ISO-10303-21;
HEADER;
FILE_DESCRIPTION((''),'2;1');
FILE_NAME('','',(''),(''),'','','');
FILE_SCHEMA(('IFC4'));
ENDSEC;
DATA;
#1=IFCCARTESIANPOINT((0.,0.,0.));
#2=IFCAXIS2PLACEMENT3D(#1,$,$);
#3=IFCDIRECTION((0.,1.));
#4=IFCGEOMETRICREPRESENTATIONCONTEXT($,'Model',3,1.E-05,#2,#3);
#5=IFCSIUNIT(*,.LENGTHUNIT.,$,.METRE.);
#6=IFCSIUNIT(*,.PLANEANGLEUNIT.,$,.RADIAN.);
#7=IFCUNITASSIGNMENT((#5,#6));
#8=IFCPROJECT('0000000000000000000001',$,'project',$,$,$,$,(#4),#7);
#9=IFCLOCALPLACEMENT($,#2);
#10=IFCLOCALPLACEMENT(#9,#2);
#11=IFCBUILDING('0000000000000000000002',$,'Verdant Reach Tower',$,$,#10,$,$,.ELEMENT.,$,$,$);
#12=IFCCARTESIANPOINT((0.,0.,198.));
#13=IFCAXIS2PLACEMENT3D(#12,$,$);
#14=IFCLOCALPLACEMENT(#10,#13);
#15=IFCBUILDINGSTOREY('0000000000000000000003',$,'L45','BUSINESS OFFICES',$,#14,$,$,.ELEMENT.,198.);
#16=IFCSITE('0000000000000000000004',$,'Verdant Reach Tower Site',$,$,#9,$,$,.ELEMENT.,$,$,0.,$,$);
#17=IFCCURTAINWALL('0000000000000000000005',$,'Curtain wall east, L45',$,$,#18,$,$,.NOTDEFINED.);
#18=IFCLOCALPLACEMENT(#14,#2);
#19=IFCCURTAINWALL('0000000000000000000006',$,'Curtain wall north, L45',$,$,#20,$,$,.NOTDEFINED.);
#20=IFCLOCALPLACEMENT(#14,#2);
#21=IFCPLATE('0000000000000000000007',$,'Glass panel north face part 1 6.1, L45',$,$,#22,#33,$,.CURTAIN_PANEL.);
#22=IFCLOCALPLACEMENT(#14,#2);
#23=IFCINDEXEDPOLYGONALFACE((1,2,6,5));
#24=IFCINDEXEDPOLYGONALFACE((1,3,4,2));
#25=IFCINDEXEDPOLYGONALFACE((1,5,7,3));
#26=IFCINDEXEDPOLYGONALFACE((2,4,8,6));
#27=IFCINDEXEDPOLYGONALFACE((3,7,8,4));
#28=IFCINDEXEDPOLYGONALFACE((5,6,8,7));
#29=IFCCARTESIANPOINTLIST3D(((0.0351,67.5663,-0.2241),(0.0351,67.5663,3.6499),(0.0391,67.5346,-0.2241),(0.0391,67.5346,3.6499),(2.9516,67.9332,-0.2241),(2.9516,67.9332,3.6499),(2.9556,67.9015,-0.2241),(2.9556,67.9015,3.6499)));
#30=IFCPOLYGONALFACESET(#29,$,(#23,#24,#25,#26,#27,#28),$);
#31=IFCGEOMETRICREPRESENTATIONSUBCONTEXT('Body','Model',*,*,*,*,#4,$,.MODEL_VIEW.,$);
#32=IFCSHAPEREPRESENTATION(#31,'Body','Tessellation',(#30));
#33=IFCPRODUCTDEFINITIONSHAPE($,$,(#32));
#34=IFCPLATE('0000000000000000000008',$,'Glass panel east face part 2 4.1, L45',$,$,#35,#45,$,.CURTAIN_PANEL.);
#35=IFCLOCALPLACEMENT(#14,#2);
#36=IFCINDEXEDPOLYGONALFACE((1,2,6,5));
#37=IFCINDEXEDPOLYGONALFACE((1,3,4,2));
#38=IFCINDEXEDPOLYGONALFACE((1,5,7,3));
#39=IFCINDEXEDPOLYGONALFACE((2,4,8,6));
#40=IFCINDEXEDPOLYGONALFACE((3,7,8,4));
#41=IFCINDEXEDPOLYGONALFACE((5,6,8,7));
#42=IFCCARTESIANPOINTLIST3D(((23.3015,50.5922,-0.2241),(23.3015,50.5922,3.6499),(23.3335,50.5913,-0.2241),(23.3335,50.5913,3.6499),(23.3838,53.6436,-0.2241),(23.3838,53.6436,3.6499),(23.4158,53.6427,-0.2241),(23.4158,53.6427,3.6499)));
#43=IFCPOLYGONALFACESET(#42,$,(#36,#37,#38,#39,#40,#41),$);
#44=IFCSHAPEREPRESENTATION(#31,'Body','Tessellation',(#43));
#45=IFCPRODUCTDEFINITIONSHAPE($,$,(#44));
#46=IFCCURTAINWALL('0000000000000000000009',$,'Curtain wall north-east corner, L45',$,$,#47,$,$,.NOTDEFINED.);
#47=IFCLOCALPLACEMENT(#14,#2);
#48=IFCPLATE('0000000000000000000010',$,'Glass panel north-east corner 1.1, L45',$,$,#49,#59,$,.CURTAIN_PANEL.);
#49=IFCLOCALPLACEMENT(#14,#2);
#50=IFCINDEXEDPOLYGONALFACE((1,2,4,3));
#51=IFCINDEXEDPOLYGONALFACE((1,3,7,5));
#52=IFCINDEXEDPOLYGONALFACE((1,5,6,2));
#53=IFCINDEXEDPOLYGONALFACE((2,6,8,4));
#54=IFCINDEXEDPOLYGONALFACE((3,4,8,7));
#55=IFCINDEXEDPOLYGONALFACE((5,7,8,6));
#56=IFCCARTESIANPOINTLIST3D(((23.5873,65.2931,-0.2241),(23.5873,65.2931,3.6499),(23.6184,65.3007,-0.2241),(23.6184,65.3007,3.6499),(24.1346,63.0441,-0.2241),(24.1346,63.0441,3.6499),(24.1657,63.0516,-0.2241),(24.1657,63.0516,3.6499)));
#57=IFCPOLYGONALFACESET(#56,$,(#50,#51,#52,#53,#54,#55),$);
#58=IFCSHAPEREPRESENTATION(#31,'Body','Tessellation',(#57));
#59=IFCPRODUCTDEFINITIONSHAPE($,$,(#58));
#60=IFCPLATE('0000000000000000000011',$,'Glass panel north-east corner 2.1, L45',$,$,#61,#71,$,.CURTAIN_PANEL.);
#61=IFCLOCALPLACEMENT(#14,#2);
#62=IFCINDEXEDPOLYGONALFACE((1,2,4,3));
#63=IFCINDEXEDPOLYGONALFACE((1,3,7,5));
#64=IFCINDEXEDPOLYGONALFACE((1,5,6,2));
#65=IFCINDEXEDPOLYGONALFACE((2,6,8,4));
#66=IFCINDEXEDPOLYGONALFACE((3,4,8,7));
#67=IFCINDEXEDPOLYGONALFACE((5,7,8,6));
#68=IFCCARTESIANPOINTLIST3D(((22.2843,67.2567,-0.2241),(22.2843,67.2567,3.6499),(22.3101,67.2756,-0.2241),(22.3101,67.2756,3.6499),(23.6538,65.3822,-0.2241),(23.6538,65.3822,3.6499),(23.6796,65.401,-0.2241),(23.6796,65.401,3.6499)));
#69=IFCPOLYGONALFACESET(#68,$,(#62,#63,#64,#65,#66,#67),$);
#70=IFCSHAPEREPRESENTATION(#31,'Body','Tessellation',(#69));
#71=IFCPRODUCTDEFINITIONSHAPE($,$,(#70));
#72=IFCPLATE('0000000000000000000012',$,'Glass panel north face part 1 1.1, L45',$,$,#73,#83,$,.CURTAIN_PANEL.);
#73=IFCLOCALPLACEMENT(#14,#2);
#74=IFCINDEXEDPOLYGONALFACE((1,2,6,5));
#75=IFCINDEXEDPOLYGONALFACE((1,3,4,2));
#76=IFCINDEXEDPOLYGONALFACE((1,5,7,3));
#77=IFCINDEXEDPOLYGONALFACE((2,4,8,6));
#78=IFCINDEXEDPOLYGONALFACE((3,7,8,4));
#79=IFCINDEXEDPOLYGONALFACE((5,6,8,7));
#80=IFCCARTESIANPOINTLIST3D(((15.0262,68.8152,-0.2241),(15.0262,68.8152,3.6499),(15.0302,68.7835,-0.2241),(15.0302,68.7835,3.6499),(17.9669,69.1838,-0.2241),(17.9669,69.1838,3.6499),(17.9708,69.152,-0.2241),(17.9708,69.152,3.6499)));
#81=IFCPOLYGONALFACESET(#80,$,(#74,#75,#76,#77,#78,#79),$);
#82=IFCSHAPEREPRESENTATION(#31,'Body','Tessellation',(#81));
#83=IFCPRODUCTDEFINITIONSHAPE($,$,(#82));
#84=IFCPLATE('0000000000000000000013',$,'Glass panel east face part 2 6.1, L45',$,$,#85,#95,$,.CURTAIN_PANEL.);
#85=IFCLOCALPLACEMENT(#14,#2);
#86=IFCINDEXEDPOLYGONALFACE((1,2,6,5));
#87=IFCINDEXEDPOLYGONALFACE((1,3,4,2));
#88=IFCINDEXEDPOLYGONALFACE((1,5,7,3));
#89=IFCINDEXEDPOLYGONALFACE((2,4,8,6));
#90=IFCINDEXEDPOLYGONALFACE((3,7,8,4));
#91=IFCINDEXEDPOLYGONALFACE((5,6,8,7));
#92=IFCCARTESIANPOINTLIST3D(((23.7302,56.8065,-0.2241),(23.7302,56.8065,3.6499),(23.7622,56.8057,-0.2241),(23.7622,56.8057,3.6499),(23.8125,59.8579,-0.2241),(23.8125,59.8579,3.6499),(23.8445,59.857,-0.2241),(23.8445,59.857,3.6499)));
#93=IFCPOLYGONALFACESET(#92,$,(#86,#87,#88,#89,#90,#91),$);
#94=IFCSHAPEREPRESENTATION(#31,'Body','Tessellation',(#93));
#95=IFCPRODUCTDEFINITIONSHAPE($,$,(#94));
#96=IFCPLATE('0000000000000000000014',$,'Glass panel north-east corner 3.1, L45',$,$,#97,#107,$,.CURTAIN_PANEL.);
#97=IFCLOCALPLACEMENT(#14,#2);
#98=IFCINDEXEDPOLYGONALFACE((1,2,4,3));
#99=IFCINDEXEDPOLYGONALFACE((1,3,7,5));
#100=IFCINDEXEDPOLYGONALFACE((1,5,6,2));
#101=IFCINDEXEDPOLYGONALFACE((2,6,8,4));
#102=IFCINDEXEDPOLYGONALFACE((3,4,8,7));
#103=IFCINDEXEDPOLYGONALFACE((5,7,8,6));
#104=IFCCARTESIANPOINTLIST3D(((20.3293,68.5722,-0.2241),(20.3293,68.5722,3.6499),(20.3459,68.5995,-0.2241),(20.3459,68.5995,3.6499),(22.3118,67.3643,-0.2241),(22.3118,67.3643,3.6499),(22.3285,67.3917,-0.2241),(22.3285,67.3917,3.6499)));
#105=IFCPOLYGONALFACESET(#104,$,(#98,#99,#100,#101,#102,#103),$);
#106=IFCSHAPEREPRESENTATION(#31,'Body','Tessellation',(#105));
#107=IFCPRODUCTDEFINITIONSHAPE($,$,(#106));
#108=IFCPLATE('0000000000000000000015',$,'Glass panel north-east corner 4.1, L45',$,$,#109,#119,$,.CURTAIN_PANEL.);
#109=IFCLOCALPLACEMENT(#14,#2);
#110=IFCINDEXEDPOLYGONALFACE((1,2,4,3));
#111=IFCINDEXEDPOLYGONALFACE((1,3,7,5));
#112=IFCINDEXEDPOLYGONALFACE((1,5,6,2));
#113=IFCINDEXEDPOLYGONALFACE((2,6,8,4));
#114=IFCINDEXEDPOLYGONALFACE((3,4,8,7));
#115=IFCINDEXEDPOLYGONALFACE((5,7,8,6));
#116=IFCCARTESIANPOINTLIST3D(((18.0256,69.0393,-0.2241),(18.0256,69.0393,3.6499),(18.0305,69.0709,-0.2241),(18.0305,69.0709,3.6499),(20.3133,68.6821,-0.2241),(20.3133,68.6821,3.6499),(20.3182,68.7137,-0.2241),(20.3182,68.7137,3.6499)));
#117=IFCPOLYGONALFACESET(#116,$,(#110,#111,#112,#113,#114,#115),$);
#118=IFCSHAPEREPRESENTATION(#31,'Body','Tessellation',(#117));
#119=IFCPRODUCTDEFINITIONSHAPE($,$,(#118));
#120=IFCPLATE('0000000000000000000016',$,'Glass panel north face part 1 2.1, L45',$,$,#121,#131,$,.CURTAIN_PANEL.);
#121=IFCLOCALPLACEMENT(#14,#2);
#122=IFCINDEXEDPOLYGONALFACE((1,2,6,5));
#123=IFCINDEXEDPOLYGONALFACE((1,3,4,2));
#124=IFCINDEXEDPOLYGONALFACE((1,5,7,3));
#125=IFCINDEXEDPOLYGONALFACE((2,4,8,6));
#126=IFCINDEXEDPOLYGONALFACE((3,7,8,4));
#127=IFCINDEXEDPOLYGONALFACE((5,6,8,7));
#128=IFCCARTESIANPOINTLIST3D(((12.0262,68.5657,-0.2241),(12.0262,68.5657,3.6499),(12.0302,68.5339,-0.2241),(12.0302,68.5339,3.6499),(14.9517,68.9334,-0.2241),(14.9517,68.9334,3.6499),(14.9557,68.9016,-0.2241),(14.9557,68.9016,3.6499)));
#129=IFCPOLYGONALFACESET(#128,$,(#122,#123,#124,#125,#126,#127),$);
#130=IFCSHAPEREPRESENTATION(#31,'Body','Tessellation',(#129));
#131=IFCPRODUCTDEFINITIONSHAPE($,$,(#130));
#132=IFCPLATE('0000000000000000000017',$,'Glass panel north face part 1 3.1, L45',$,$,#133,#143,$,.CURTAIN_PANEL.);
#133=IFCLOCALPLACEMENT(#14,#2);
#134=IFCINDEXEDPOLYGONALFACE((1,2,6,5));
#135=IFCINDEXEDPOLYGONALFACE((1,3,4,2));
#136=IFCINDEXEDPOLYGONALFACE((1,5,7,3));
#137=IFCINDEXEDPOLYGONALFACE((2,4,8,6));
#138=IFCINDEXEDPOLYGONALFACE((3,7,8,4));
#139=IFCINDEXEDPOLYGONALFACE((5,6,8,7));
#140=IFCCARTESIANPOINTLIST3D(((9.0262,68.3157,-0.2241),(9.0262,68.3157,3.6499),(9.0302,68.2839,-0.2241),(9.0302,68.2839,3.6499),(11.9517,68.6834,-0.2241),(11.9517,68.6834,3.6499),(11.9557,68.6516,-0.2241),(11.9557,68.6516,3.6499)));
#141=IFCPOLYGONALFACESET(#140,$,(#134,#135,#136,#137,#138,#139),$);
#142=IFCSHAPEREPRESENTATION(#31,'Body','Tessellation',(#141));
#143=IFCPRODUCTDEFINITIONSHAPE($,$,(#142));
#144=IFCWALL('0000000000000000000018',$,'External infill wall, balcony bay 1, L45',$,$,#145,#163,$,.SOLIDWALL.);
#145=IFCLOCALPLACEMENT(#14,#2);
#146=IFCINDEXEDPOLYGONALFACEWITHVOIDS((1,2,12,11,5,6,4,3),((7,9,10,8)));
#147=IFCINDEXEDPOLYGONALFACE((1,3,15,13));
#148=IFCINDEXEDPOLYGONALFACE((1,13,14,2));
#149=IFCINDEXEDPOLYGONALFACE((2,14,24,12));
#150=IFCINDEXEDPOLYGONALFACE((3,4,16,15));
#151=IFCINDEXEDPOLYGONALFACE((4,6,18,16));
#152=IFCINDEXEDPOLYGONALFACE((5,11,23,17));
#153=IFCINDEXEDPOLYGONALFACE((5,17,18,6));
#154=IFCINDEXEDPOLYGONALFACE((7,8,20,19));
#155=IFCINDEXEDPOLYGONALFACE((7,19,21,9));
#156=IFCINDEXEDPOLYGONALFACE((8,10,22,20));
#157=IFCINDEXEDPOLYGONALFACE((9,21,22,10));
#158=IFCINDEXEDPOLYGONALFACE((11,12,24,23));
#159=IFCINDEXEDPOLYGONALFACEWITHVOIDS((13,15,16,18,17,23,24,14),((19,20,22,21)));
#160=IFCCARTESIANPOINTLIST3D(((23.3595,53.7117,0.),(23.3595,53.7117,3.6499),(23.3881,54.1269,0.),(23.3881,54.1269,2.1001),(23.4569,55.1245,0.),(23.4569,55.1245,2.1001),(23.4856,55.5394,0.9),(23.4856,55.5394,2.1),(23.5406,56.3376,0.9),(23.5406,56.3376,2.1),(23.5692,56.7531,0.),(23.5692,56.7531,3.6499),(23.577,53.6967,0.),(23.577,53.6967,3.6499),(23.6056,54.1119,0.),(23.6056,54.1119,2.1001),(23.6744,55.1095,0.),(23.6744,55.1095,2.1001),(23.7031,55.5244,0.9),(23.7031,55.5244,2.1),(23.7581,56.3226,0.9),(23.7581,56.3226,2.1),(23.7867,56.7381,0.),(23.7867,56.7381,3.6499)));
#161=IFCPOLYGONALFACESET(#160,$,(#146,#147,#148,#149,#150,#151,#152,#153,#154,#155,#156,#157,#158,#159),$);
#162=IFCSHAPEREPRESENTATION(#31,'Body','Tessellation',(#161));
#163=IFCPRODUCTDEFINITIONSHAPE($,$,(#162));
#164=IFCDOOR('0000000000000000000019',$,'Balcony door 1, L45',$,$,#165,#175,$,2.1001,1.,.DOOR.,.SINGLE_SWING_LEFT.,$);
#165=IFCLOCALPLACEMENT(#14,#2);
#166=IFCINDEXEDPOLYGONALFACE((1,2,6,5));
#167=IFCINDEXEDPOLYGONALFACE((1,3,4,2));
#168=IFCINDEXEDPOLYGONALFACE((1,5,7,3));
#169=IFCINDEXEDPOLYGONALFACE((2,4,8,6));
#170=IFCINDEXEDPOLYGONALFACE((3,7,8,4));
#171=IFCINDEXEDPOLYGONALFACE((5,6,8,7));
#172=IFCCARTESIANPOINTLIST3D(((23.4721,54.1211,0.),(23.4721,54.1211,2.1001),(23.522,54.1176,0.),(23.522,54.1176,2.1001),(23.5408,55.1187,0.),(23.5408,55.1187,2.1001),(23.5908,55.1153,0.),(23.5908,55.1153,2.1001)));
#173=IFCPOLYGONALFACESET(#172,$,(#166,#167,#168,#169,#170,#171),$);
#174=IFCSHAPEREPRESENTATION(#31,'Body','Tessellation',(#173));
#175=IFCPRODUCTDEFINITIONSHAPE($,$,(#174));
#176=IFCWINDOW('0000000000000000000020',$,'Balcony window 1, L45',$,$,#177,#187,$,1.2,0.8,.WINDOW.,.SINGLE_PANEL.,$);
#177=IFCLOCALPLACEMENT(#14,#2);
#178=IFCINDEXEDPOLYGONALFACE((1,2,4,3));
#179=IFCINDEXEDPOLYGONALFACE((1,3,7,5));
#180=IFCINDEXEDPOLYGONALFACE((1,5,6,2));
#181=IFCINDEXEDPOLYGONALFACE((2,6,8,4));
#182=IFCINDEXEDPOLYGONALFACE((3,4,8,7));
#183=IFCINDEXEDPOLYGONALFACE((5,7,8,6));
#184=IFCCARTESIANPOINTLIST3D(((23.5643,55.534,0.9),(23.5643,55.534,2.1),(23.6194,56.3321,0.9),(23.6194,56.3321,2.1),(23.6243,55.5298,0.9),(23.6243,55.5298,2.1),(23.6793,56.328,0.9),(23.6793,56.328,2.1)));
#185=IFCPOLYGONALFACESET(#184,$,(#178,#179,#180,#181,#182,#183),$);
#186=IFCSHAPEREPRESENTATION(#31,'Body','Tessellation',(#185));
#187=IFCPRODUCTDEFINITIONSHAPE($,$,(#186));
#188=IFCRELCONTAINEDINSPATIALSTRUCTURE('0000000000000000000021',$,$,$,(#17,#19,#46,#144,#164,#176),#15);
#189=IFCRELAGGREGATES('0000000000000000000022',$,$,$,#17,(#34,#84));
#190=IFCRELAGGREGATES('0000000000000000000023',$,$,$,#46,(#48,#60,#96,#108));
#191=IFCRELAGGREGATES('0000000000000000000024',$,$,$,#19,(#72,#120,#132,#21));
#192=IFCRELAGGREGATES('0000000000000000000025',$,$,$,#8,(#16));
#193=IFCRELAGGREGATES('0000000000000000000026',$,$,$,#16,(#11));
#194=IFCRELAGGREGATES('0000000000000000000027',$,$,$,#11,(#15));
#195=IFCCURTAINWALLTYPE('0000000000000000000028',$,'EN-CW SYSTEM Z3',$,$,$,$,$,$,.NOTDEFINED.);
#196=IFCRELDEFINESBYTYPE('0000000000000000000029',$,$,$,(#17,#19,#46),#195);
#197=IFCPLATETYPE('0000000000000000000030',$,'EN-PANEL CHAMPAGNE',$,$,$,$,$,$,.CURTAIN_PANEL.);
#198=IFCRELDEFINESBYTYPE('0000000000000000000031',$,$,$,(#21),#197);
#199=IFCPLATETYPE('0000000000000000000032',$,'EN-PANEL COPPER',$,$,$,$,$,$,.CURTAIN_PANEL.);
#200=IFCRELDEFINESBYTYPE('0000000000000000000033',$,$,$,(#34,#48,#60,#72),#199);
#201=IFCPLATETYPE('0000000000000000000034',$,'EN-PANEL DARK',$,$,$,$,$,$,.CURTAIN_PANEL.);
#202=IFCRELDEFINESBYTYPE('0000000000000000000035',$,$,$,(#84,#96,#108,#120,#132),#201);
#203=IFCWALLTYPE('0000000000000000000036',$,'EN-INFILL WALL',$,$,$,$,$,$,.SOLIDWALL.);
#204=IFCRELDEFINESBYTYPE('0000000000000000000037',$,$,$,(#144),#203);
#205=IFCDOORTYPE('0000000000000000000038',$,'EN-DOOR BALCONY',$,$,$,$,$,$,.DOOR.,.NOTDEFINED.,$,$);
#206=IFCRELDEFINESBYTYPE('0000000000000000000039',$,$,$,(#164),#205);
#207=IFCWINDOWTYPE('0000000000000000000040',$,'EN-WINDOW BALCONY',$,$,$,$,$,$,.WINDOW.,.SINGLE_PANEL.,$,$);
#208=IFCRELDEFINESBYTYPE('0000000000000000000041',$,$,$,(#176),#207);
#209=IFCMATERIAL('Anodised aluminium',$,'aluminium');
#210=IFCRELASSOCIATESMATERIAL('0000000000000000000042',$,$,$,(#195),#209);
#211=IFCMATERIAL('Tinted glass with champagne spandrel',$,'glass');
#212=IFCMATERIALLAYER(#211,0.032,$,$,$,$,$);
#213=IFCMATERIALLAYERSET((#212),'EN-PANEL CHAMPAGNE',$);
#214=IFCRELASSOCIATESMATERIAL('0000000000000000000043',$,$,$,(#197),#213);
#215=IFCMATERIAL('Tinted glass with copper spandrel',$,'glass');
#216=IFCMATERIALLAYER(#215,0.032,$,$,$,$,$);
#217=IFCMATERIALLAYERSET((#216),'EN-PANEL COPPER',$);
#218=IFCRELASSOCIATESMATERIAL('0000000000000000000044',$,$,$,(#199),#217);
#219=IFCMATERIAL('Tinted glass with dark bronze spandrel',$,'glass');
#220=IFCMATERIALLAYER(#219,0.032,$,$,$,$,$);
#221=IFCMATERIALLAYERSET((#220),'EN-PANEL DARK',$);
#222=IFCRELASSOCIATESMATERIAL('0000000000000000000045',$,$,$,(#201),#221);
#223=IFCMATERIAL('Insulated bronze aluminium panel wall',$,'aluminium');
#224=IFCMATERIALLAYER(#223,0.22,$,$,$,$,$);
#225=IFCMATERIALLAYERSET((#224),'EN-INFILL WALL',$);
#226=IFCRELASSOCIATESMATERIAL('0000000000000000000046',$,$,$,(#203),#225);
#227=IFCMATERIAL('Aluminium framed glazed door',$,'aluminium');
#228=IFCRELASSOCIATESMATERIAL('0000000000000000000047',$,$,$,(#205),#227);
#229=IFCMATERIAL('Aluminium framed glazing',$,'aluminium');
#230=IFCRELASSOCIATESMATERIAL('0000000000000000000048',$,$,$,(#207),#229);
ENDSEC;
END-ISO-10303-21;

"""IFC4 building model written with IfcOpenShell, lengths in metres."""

from ifc_helpers import new_model, si_unit, direction, frame, frame_2d, origin, origin_2d, place, context, subcontext, project, spatial, rectangle, extrude, material, layer, layer_set, type_object, element, fill, aggregate, save


model = new_model("IFC4")

# Units and contexts
model_context = context("Model", 3, precision=1e-05, world=origin(), true_north=direction((0.0, 1.0)))
body_context = subcontext(model_context, "Body", "Model", "MODEL_VIEW")
ifc_project = project(units=[si_unit("LENGTHUNIT", "METRE"), si_unit("PLANEANGLEUNIT", "RADIAN")], contexts=[model_context])

# Site, building, storey
site_placement = place(None, origin())
site = spatial("IfcSite", under=ifc_project, at=site_placement, Name="Verdant Reach Tower Site", CompositionType="ELEMENT", RefElevation=0.0)
building_placement = place(site_placement, origin())
building = spatial("IfcBuilding", under=site, at=building_placement, Name="Verdant Reach Tower", CompositionType="ELEMENT")
storey_placement = place(building_placement, frame((0.0, 0.0, 198.0)))
storey = spatial("IfcBuildingStorey", under=building, at=storey_placement, Name="L45", Description="BUSINESS OFFICES", CompositionType="ELEMENT", Elevation=198.0)

# Curtain walls
ifc_material_1 = material(Name="Anodised aluminium", Category="aluminium")
curtain_wall_type = type_object("IfcCurtainWallType", Name="EN-CW SYSTEM Z3", PredefinedType="NOTDEFINED", material=ifc_material_1)
curtain_wall_1_placement = place(storey_placement, origin())
curtain_wall_1 = element("IfcCurtainWall", 1, at=curtain_wall_1_placement, inside=storey, type_object=curtain_wall_type, Name="Curtain wall east, L45", PredefinedType="NOTDEFINED")
curtain_wall_2_placement = place(storey_placement, origin())
curtain_wall_2 = element("IfcCurtainWall", 2, at=curtain_wall_2_placement, inside=storey, type_object=curtain_wall_type, Name="Curtain wall north, L45", PredefinedType="NOTDEFINED")

# Plates
ifc_material_2 = material(Name="Tinted glass with champagne spandrel", Category="glass")
ifc_layer_1 = layer(ifc_material_2, 0.032)
ifc_layer_set_1 = layer_set([ifc_layer_1], Name="EN-PANEL CHAMPAGNE")
plate_type_1 = type_object("IfcPlateType", Name="EN-PANEL CHAMPAGNE", PredefinedType="CURTAIN_PANEL", material=ifc_layer_set_1)
plate_1_placement = place(storey_placement, frame((1.4954, 67.7339, -0.2241), z_axis=(0.0, 0.0, 1.0), x_axis=(-0.992178, -0.124828, 0.0)))
plate_1 = element("IfcPlate", 3, at=plate_1_placement, type_object=plate_type_1, Name="Glass panel north face part 1 6.1, L45", PredefinedType="CURTAIN_PANEL", context=body_context, shape_type="SweptSolid", body=[
    extrude(rectangle(XDim=2.9395, YDim=0.032, at=origin_2d()), origin(), (0.0, 0.0, 1.0), 3.874),
])
ifc_material_3 = material(Name="Tinted glass with copper spandrel", Category="glass")
ifc_layer_2 = layer(ifc_material_3, 0.032)
ifc_layer_set_2 = layer_set([ifc_layer_2], Name="EN-PANEL COPPER")
plate_type_2 = type_object("IfcPlateType", Name="EN-PANEL COPPER", PredefinedType="CURTAIN_PANEL", material=ifc_layer_set_2)
plate_2_placement = place(storey_placement, frame((23.3586, 52.1174, -0.2241), z_axis=(0.0, 0.0, 1.0), x_axis=(0.026965, 0.999636, 0.0)))
plate_2 = element("IfcPlate", 4, at=plate_2_placement, type_object=plate_type_2, Name="Glass panel east face part 2 4.1, L45", PredefinedType="CURTAIN_PANEL", context=body_context, shape_type="SweptSolid", body=[
    extrude(rectangle(XDim=3.0525, YDim=0.032, at=origin_2d()), origin(), (0.0, 0.0, 1.0), 3.874),
])

# Curtain wall, plates
curtain_wall_3_placement = place(storey_placement, origin())
curtain_wall_3 = element("IfcCurtainWall", 5, at=curtain_wall_3_placement, inside=storey, type_object=curtain_wall_type, Name="Curtain wall north-east corner, L45", PredefinedType="NOTDEFINED")
plate_3_placement = place(storey_placement, frame((23.8765, 64.1724, -0.2241), z_axis=(0.0, 0.0, 1.0), x_axis=(-0.236446, 0.971645, 0.0)))
plate_3 = element("IfcPlate", 6, at=plate_3_placement, type_object=plate_type_2, Name="Glass panel north-east corner 1.1, L45", PredefinedType="CURTAIN_PANEL", context=body_context, shape_type="SweptSolid", body=[
    extrude(rectangle(XDim=2.3147, YDim=0.032, at=origin_2d()), origin(), (0.0, 0.0, 1.0), 3.874),
])
plate_4_placement = place(storey_placement, frame((22.9819, 66.3289, -0.2241), z_axis=(0.0, 0.0, 1.0), x_axis=(-0.589927, 0.807457, 0.0)))
plate_4 = element("IfcPlate", 7, at=plate_4_placement, type_object=plate_type_2, Name="Glass panel north-east corner 2.1, L45", PredefinedType="CURTAIN_PANEL", context=body_context, shape_type="SweptSolid", body=[
    extrude(rectangle(XDim=2.3215, YDim=0.032, at=origin_2d()), origin(), (0.0, 0.0, 1.0), 3.874),
])

# Plates
plate_5_placement = place(storey_placement, frame((16.4985, 68.9836, -0.2241), z_axis=(0.0, 0.0, 1.0), x_axis=(-0.992238, -0.124355, 0.0)))
plate_5 = element("IfcPlate", 8, at=plate_5_placement, type_object=plate_type_2, Name="Glass panel north face part 1 1.1, L45", PredefinedType="CURTAIN_PANEL", context=body_context, shape_type="SweptSolid", body=[
    extrude(rectangle(XDim=2.9636, YDim=0.032, at=origin_2d()), origin(), (0.0, 0.0, 1.0), 3.874),
])
ifc_material_4 = material(Name="Tinted glass with dark bronze spandrel", Category="glass")
ifc_layer_3 = layer(ifc_material_4, 0.032)
ifc_layer_set_3 = layer_set([ifc_layer_3], Name="EN-PANEL DARK")
plate_type_3 = type_object("IfcPlateType", Name="EN-PANEL DARK", PredefinedType="CURTAIN_PANEL", material=ifc_layer_set_3)
plate_6_placement = place(storey_placement, frame((23.7874, 58.3318, -0.2241), z_axis=(0.0, 0.0, 1.0), x_axis=(0.026965, 0.999636, 0.0)))
plate_6 = element("IfcPlate", 9, at=plate_6_placement, type_object=plate_type_3, Name="Glass panel east face part 2 6.1, L45", PredefinedType="CURTAIN_PANEL", context=body_context, shape_type="SweptSolid", body=[
    extrude(rectangle(XDim=3.0525, YDim=0.032, at=origin_2d()), origin(), (0.0, 0.0, 1.0), 3.874),
])
aggregate(curtain_wall_1, [plate_2, plate_6])
plate_7_placement = place(storey_placement, frame((21.3289, 67.9819, -0.2241), z_axis=(0.0, 0.0, 1.0), x_axis=(-0.853989, 0.520292, 0.0)))
plate_7 = element("IfcPlate", 10, at=plate_7_placement, type_object=plate_type_3, Name="Glass panel north-east corner 3.1, L45", PredefinedType="CURTAIN_PANEL", context=body_context, shape_type="SweptSolid", body=[
    extrude(rectangle(XDim=2.3215, YDim=0.032, at=origin_2d()), origin(), (0.0, 0.0, 1.0), 3.874),
])
plate_8_placement = place(storey_placement, frame((19.1719, 68.8765, -0.2241), z_axis=(0.0, 0.0, 1.0), x_axis=(-0.988029, 0.154268, 0.0)))
plate_8 = element("IfcPlate", 11, at=plate_8_placement, type_object=plate_type_3, Name="Glass panel north-east corner 4.1, L45", PredefinedType="CURTAIN_PANEL", context=body_context, shape_type="SweptSolid", body=[
    extrude(rectangle(XDim=2.3154, YDim=0.032, at=origin_2d()), origin(), (0.0, 0.0, 1.0), 3.874),
])
aggregate(curtain_wall_3, [plate_3, plate_4, plate_7, plate_8])
plate_9_placement = place(storey_placement, frame((13.491, 68.7336, -0.2241), z_axis=(0.0, 0.0, 1.0), x_axis=(-0.992194, -0.124704, 0.0)))
plate_9 = element("IfcPlate", 12, at=plate_9_placement, type_object=plate_type_3, Name="Glass panel north face part 1 2.1, L45", PredefinedType="CURTAIN_PANEL", context=body_context, shape_type="SweptSolid", body=[
    extrude(rectangle(XDim=2.9485, YDim=0.032, at=origin_2d()), origin(), (0.0, 0.0, 1.0), 3.874),
])
plate_10_placement = place(storey_placement, frame((10.491, 68.4836, -0.2241), z_axis=(0.0, 0.0, 1.0), x_axis=(-0.992194, -0.124704, 0.0)))
plate_10 = element("IfcPlate", 13, at=plate_10_placement, type_object=plate_type_3, Name="Glass panel north face part 1 3.1, L45", PredefinedType="CURTAIN_PANEL", context=body_context, shape_type="SweptSolid", body=[
    extrude(rectangle(XDim=2.9485, YDim=0.032, at=origin_2d()), origin(), (0.0, 0.0, 1.0), 3.874),
])
aggregate(curtain_wall_2, [plate_5, plate_9, plate_10, plate_1])

# Wall, openings, door, window
ifc_material_5 = material(Name="Insulated bronze aluminium panel wall", Category="aluminium")
ifc_layer_4 = layer(ifc_material_5, 0.22)
ifc_layer_set_4 = layer_set([ifc_layer_4], Name="EN-INFILL WALL")
wall_type_1 = type_object("IfcWallType", Name="EN-INFILL WALL", PredefinedType="SOLIDWALL", material=ifc_layer_set_4)
wall_1_placement = place(storey_placement, frame((23.4683, 53.7041, 0.0), z_axis=(0.0, 0.0, 1.0), x_axis=(0.068794, 0.997631, 0.0)))
wall_1 = element("IfcWall", 14, at=wall_1_placement, inside=storey, type_object=wall_type_1, Name="External infill wall, balcony bay 1, L45", PredefinedType="SOLIDWALL", context=body_context, shape_type="SweptSolid", body=[
    extrude(rectangle(XDim=3.0486, YDim=0.218, at=frame_2d((1.5244, 0.0))), origin(), (0.0, 0.0, 1.0), 3.6499),
])
opening_1_placement = place(wall_1_placement, frame((0.4163, 0.0, 0.0)))
opening_1 = element("IfcOpeningElement", 15, at=opening_1_placement, cuts=wall_1, PredefinedType="OPENING", context=body_context, shape_type="SweptSolid", body=[
    extrude(rectangle(XDim=1.0, YDim=2.1001, at=frame_2d((0.5, 1.05))), frame((0.0, 0.1189, 0.0), z_axis=(0.0, -1.0, 0.0), x_axis=(1.0, 0.0, 0.0)), (0.0, 0.0, 1.0), 0.238),
])
opening_2_placement = place(wall_1_placement, frame((1.8323, 0.0, 0.8999)))
opening_2 = element("IfcOpeningElement", 16, at=opening_2_placement, cuts=wall_1, PredefinedType="OPENING", context=body_context, shape_type="SweptSolid", body=[
    extrude(rectangle(XDim=0.8, YDim=1.2, at=frame_2d((0.3999, 0.6001))), frame((0.0, 0.1189, 0.0), z_axis=(0.0, -1.0, 0.0), x_axis=(1.0, 0.0, 0.0)), (0.0, 0.0, 1.0), 0.238),
])
ifc_material_6 = material(Name="Aluminium framed glazed door", Category="aluminium")
door_type_1 = type_object("IfcDoorType", Name="EN-DOOR BALCONY", OperationType="NOTDEFINED", PredefinedType="DOOR", material=ifc_material_6)
door_1_placement = place(opening_1_placement, origin())
door_1 = element("IfcDoor", 17, at=door_1_placement, inside=storey, type_object=door_type_1, Name="Balcony door 1, L45", OperationType="SINGLE_SWING_LEFT", OverallHeight=2.1001, OverallWidth=1.0, PredefinedType="DOOR", context=body_context, shape_type="SweptSolid", body=[
    extrude(rectangle(XDim=1.0, YDim=2.1001, at=frame_2d((0.5, 1.05))), frame((0.0, 0.0249, 0.0), z_axis=(0.0, -1.0, 0.0), x_axis=(1.0, 0.0, 0.0)), (0.0, 0.0, 1.0), 0.05),
])
fill(opening_1, door_1)
ifc_material_7 = material(Name="Aluminium framed glazing", Category="aluminium")
window_type = type_object("IfcWindowType", Name="EN-WINDOW BALCONY", PartitioningType="SINGLE_PANEL", PredefinedType="WINDOW", material=ifc_material_7)
window_placement = place(opening_2_placement, origin())
window = element("IfcWindow", 18, at=window_placement, inside=storey, type_object=window_type, Name="Balcony window 1, L45", OverallHeight=1.2, OverallWidth=0.8, PartitioningType="SINGLE_PANEL", PredefinedType="WINDOW", context=body_context, shape_type="SweptSolid", body=[
    extrude(rectangle(XDim=0.8, YDim=1.2, at=frame_2d((0.3999, 0.6001))), frame((0.0, 0.03, 0.0), z_axis=(0.0, -1.0, 0.0), x_axis=(1.0, 0.0, 0.0)), (0.0, 0.0, 1.0), 0.0601),
])
fill(opening_2, window)

save(model, "model.ifc")
